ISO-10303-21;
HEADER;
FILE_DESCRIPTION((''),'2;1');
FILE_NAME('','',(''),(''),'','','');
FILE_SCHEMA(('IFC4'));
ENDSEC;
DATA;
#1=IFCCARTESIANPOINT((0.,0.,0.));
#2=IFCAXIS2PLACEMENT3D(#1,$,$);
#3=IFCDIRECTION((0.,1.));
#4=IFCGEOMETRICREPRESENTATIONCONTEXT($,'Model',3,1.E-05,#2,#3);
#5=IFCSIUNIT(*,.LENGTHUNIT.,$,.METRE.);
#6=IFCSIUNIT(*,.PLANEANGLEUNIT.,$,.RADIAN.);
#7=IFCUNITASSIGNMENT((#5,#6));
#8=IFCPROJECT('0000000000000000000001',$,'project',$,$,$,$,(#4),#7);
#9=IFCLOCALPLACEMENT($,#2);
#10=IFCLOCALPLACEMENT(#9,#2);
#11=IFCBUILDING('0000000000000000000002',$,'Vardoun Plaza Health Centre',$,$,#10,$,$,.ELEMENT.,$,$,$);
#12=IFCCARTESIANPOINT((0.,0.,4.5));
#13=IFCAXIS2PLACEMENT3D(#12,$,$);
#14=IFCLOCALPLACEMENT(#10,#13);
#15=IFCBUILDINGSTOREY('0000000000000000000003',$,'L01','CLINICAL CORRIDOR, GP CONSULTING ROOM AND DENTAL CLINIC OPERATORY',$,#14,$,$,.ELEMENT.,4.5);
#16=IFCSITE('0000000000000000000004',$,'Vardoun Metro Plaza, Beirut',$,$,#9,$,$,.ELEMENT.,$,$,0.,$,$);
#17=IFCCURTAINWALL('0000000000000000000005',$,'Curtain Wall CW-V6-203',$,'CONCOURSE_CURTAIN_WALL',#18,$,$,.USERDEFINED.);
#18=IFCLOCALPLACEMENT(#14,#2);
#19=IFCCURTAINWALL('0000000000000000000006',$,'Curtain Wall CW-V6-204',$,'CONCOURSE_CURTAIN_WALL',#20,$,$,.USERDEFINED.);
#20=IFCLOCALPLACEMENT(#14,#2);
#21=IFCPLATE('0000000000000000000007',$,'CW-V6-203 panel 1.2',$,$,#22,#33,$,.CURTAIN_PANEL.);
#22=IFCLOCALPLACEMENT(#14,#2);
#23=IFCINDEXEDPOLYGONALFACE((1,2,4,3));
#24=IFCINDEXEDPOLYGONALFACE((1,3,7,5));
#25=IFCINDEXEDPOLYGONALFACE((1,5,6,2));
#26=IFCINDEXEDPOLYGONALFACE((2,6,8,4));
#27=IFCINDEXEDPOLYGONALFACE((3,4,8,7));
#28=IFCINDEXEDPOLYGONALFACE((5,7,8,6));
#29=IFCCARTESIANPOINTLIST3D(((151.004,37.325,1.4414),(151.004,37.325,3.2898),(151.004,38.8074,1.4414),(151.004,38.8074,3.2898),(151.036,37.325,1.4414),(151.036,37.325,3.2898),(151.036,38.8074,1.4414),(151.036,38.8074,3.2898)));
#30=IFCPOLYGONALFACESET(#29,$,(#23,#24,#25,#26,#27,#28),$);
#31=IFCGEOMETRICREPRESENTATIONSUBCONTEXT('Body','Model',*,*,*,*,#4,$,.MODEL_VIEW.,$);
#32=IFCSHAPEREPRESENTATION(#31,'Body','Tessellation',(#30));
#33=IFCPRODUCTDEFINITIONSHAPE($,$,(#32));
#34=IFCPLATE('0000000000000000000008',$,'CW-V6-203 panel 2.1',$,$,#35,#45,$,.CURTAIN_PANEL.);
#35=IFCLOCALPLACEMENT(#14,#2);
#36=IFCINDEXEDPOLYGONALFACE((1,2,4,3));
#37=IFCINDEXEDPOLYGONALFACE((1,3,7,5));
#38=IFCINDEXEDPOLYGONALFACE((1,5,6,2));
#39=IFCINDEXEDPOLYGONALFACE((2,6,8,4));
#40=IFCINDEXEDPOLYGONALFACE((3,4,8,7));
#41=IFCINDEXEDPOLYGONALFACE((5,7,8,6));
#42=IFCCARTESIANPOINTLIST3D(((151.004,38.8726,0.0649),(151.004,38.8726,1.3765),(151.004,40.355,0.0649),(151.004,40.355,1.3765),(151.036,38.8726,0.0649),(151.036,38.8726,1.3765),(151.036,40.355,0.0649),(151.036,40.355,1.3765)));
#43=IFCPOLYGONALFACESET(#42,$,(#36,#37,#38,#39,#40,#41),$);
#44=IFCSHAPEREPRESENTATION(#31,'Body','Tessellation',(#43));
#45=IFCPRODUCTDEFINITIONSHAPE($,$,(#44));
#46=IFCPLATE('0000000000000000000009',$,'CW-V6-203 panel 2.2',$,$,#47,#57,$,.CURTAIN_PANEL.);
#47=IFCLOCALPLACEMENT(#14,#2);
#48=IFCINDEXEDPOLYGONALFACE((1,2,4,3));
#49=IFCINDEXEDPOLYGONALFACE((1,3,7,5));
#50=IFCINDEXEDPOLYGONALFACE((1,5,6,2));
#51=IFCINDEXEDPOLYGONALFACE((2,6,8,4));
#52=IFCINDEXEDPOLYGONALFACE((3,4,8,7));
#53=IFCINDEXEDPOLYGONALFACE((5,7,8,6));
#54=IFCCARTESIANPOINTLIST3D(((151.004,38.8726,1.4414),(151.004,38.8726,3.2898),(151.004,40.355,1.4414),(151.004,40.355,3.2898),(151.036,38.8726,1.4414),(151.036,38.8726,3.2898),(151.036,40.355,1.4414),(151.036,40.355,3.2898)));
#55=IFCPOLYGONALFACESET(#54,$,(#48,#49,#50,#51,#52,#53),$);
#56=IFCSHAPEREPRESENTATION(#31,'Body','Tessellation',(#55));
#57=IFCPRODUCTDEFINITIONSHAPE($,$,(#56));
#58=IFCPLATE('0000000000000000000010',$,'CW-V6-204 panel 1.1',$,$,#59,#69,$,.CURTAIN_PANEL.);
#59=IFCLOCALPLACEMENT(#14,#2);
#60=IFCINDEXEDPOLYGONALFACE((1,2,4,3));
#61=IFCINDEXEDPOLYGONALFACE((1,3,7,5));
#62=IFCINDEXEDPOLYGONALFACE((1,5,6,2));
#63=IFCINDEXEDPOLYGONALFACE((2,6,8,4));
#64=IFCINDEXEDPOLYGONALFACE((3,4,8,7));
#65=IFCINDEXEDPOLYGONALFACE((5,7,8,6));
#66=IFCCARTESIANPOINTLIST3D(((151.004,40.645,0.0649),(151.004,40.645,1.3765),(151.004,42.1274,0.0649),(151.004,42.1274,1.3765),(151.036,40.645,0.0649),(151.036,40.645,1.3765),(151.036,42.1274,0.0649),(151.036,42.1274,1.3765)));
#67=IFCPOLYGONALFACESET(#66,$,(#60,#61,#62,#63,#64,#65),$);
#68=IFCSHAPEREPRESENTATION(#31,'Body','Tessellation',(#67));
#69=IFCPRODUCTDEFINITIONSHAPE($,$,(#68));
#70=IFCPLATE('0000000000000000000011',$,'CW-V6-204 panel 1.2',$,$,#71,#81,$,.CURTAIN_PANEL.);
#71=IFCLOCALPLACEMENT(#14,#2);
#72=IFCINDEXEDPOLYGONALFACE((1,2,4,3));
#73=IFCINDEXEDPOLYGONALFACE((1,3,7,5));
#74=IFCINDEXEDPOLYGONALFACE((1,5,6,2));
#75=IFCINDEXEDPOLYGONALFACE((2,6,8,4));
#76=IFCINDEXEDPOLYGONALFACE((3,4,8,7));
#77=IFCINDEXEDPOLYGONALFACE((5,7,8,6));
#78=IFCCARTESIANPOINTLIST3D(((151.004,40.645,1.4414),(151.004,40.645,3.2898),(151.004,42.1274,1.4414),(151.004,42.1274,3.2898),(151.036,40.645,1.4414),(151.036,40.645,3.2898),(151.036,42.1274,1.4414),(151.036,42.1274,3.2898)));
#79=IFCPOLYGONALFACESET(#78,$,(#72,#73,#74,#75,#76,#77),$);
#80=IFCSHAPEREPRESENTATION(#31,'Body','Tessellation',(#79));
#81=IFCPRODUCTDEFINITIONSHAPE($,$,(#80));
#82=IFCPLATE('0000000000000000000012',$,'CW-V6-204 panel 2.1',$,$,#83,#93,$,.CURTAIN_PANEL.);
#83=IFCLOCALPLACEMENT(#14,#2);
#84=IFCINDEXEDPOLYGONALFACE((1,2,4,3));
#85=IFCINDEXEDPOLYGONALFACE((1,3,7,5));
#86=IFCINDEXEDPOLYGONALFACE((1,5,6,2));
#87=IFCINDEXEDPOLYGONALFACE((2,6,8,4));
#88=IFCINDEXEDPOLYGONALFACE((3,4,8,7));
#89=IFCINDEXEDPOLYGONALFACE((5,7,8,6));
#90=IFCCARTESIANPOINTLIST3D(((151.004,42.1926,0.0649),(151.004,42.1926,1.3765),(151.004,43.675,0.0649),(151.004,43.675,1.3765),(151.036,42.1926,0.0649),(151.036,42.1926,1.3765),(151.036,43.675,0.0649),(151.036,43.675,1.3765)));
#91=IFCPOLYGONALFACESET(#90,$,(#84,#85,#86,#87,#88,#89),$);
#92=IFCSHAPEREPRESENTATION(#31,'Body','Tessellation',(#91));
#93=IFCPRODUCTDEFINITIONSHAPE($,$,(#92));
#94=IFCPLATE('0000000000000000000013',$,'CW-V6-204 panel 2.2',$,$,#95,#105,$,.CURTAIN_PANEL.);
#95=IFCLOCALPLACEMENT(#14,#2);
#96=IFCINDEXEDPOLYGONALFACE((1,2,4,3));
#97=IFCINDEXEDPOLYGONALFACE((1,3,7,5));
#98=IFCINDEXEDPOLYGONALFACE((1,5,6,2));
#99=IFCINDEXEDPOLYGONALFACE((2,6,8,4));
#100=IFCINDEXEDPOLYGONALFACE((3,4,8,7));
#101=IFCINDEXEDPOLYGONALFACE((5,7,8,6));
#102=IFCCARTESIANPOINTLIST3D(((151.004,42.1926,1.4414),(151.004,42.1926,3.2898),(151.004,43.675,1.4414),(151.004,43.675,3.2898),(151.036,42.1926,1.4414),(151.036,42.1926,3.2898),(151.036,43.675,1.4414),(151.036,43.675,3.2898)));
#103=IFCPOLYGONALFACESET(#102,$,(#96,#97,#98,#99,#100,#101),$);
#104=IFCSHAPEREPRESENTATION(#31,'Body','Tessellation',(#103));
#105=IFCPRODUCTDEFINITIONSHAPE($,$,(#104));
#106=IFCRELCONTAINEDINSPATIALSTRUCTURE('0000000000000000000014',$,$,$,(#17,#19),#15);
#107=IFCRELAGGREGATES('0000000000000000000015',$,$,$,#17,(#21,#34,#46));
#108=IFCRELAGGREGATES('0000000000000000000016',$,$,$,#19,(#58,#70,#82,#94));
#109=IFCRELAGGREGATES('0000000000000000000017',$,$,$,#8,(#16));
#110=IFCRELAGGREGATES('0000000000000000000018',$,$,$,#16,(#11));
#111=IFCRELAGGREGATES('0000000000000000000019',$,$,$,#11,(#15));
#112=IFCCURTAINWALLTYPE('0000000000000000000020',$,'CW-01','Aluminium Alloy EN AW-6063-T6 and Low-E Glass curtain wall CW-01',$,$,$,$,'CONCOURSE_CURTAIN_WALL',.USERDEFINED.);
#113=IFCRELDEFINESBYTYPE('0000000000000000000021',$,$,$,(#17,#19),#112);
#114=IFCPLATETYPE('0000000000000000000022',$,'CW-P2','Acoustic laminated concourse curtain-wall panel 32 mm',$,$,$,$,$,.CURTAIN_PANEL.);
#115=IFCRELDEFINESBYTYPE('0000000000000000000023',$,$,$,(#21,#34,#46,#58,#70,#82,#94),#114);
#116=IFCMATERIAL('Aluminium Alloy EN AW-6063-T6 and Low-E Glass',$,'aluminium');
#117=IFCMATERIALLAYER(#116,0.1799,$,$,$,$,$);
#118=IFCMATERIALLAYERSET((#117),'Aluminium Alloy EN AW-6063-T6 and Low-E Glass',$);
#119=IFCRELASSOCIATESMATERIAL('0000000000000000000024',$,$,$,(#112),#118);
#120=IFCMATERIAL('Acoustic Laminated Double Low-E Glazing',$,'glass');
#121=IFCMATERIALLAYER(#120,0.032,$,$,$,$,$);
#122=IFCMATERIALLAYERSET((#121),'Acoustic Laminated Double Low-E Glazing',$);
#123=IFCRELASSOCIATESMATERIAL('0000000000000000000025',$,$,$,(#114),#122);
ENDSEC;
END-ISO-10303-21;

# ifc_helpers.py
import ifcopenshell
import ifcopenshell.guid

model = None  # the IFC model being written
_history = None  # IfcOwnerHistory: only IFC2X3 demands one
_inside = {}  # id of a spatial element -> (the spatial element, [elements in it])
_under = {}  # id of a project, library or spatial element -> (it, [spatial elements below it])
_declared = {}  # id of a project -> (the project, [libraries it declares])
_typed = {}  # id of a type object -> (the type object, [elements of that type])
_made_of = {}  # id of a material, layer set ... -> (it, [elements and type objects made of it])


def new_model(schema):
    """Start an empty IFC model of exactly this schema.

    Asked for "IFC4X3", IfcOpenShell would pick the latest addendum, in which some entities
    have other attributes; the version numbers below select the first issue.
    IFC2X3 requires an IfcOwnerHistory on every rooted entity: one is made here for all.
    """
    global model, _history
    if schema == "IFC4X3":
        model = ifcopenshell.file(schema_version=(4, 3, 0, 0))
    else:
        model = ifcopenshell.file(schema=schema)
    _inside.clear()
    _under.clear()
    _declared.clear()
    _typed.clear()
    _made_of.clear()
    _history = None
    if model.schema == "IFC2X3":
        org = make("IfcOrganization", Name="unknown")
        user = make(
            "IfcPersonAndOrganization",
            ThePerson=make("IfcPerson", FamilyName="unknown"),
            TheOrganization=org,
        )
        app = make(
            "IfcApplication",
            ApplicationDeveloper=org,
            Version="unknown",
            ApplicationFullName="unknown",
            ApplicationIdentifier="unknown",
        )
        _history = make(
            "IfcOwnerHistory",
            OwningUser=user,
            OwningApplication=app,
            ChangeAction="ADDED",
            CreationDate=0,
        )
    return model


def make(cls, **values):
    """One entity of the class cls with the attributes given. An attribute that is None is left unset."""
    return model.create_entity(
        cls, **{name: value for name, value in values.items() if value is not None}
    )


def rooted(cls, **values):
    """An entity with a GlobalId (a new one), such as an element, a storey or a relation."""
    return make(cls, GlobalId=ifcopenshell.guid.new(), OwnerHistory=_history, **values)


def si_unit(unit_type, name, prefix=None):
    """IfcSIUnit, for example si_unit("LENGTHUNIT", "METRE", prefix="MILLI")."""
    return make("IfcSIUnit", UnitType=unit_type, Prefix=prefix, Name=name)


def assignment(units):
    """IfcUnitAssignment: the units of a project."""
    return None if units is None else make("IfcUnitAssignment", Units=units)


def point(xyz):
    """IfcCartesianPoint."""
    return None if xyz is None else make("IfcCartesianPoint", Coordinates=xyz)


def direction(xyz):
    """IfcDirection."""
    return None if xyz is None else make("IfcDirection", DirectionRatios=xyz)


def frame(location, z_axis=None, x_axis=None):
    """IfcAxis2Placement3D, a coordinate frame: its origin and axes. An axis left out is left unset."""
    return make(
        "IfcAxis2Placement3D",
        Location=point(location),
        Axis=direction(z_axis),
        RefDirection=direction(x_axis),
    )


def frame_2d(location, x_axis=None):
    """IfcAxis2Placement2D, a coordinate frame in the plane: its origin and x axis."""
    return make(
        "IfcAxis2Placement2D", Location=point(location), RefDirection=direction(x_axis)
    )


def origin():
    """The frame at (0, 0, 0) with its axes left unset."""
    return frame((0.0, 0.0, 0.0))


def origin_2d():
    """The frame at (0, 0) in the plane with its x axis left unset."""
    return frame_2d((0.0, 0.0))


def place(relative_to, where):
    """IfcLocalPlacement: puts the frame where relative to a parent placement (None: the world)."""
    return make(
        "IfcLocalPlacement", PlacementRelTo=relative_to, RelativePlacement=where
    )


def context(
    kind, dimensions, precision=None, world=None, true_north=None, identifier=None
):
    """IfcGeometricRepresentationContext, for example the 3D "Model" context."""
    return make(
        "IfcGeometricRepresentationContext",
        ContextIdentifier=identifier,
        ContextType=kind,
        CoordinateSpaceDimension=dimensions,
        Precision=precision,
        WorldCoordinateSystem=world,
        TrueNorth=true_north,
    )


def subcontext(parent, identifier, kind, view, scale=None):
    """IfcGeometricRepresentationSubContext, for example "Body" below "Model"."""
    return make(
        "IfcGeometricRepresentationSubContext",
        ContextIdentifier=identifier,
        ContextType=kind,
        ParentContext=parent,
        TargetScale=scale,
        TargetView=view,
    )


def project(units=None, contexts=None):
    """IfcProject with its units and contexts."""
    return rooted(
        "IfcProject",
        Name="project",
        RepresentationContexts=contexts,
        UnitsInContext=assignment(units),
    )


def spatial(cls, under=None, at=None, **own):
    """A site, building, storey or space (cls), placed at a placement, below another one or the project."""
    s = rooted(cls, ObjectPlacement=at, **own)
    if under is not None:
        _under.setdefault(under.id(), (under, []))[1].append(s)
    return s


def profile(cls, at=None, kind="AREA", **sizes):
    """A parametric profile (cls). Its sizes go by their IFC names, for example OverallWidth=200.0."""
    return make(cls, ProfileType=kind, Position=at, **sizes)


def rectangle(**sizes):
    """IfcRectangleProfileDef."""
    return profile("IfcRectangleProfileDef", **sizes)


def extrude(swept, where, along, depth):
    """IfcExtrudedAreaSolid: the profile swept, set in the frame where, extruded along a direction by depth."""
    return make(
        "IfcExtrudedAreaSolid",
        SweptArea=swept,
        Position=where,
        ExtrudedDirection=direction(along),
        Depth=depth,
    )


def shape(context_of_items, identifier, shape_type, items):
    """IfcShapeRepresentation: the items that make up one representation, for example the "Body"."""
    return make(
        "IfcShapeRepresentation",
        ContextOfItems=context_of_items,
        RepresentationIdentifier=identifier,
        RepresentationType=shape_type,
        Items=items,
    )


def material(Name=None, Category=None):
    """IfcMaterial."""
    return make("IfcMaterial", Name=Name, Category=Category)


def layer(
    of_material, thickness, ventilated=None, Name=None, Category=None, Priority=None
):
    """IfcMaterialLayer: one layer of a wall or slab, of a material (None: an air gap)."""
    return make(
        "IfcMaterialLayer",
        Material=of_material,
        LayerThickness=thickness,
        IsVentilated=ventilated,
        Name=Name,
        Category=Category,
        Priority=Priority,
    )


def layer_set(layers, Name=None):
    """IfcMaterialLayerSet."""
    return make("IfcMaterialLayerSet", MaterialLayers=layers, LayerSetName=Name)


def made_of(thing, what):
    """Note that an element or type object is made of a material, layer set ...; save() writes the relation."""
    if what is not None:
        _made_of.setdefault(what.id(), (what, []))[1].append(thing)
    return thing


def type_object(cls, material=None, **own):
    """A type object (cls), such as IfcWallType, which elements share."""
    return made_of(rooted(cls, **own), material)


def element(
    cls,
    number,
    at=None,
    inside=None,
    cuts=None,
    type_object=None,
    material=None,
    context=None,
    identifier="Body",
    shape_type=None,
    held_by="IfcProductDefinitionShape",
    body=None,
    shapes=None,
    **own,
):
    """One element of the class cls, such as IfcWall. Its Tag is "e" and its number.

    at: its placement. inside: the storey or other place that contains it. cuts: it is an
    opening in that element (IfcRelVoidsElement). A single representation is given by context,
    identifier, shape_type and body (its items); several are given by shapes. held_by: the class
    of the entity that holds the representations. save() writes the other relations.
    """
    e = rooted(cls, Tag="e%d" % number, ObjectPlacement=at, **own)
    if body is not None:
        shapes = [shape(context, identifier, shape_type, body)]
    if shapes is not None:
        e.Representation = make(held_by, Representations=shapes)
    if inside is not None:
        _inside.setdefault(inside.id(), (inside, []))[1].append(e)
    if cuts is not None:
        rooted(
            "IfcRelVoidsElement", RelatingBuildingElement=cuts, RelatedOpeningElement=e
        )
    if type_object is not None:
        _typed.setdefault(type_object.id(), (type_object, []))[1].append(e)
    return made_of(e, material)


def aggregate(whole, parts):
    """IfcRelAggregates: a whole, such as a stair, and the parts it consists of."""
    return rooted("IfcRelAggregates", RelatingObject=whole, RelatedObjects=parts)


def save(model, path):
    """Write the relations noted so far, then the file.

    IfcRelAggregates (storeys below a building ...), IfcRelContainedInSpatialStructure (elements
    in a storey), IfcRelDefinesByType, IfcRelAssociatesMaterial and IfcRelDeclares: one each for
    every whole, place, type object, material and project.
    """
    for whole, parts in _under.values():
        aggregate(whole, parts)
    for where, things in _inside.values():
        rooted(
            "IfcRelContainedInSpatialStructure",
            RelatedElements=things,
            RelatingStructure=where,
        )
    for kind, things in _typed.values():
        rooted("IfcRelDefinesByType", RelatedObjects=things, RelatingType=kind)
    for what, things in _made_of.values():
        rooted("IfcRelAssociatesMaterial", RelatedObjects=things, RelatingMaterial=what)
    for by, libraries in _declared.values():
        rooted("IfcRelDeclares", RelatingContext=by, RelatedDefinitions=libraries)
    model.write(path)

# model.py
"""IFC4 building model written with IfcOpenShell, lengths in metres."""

from ifc_helpers import new_model, si_unit, direction, frame, origin, origin_2d, place, context, subcontext, project, spatial, rectangle, extrude, material, layer, layer_set, type_object, element, aggregate, save


model = new_model("IFC4")

# Units and contexts
model_context = context("Model", 3, precision=1e-05, world=origin(), true_north=direction((0.0, 1.0)))
body_context = subcontext(model_context, "Body", "Model", "MODEL_VIEW")
ifc_project = project(units=[si_unit("LENGTHUNIT", "METRE"), si_unit("PLANEANGLEUNIT", "RADIAN")], contexts=[model_context])

# Site, building, storey
site_placement = place(None, origin())
site = spatial("IfcSite", under=ifc_project, at=site_placement, Name="Vardoun Metro Plaza, Beirut", CompositionType="ELEMENT", RefElevation=0.0)
building_placement = place(site_placement, origin())
building = spatial("IfcBuilding", under=site, at=building_placement, Name="Vardoun Plaza Health Centre", CompositionType="ELEMENT")
storey_placement = place(building_placement, frame((0.0, 0.0, 4.5)))
storey = spatial("IfcBuildingStorey", under=building, at=storey_placement, Name="L01", Description="CLINICAL CORRIDOR, GP CONSULTING ROOM AND DENTAL CLINIC OPERATORY", CompositionType="ELEMENT", Elevation=4.5)

# Curtain walls
ifc_material_1 = material(Name="Aluminium Alloy EN AW-6063-T6 and Low-E Glass", Category="aluminium")
ifc_layer_1 = layer(ifc_material_1, 0.1799)
ifc_layer_set_1 = layer_set([ifc_layer_1], Name="Aluminium Alloy EN AW-6063-T6 and Low-E Glass")
curtain_wall_type = type_object("IfcCurtainWallType", Name="CW-01", Description="Aluminium Alloy EN AW-6063-T6 and Low-E Glass curtain wall CW-01", ElementType="CONCOURSE_CURTAIN_WALL", PredefinedType="USERDEFINED", material=ifc_layer_set_1)
curtain_wall_1_placement = place(storey_placement, origin())
curtain_wall_1 = element("IfcCurtainWall", 1, at=curtain_wall_1_placement, inside=storey, type_object=curtain_wall_type, Name="Curtain Wall CW-V6-203", ObjectType="CONCOURSE_CURTAIN_WALL", PredefinedType="USERDEFINED")
curtain_wall_2_placement = place(storey_placement, origin())
curtain_wall_2 = element("IfcCurtainWall", 2, at=curtain_wall_2_placement, inside=storey, type_object=curtain_wall_type, Name="Curtain Wall CW-V6-204", ObjectType="CONCOURSE_CURTAIN_WALL", PredefinedType="USERDEFINED")

# Plates
ifc_material_2 = material(Name="Acoustic Laminated Double Low-E Glazing", Category="glass")
ifc_layer_2 = layer(ifc_material_2, 0.032)
ifc_layer_set_2 = layer_set([ifc_layer_2], Name="Acoustic Laminated Double Low-E Glazing")
plate_type = type_object("IfcPlateType", Name="CW-P2", Description="Acoustic laminated concourse curtain-wall panel 32 mm", PredefinedType="CURTAIN_PANEL", material=ifc_layer_set_2)
plate_1_placement = place(storey_placement, frame((151.02, 38.0662, 1.4414), z_axis=(0.0, 0.0, 1.0), x_axis=(0.0, 1.0, 0.0)))
plate_1 = element("IfcPlate", 3, at=plate_1_placement, type_object=plate_type, Name="CW-V6-203 panel 1.2", PredefinedType="CURTAIN_PANEL", context=body_context, shape_type="SweptSolid", body=[
    extrude(rectangle(XDim=1.4824, YDim=0.032, at=origin_2d()), origin(), (0.0, 0.0, 1.0), 1.8484),
])
plate_2_placement = place(storey_placement, frame((151.02, 39.6138, 0.0649), z_axis=(0.0, 0.0, 1.0), x_axis=(0.0, 1.0, 0.0)))
plate_2 = element("IfcPlate", 4, at=plate_2_placement, type_object=plate_type, Name="CW-V6-203 panel 2.1", PredefinedType="CURTAIN_PANEL", context=body_context, shape_type="SweptSolid", body=[
    extrude(rectangle(XDim=1.4824, YDim=0.032, at=origin_2d()), origin(), (0.0, 0.0, 1.0), 1.3115),
])
plate_3_placement = place(storey_placement, frame((151.02, 39.6138, 1.4414), z_axis=(0.0, 0.0, 1.0), x_axis=(0.0, 1.0, 0.0)))
plate_3 = element("IfcPlate", 5, at=plate_3_placement, type_object=plate_type, Name="CW-V6-203 panel 2.2", PredefinedType="CURTAIN_PANEL", context=body_context, shape_type="SweptSolid", body=[
    extrude(rectangle(XDim=1.4824, YDim=0.032, at=origin_2d()), origin(), (0.0, 0.0, 1.0), 1.8484),
])
aggregate(curtain_wall_1, [plate_1, plate_2, plate_3])
plate_4_placement = place(storey_placement, frame((151.02, 41.3862, 0.0649), z_axis=(0.0, 0.0, 1.0), x_axis=(0.0, 1.0, 0.0)))
plate_4 = element("IfcPlate", 6, at=plate_4_placement, type_object=plate_type, Name="CW-V6-204 panel 1.1", PredefinedType="CURTAIN_PANEL", context=body_context, shape_type="SweptSolid", body=[
    extrude(rectangle(XDim=1.4824, YDim=0.032, at=origin_2d()), origin(), (0.0, 0.0, 1.0), 1.3115),
])
plate_5_placement = place(storey_placement, frame((151.02, 41.3862, 1.4414), z_axis=(0.0, 0.0, 1.0), x_axis=(0.0, 1.0, 0.0)))
plate_5 = element("IfcPlate", 7, at=plate_5_placement, type_object=plate_type, Name="CW-V6-204 panel 1.2", PredefinedType="CURTAIN_PANEL", context=body_context, shape_type="SweptSolid", body=[
    extrude(rectangle(XDim=1.4824, YDim=0.032, at=origin_2d()), origin(), (0.0, 0.0, 1.0), 1.8484),
])
plate_6_placement = place(storey_placement, frame((151.02, 42.9338, 0.0649), z_axis=(0.0, 0.0, 1.0), x_axis=(0.0, 1.0, 0.0)))
plate_6 = element("IfcPlate", 8, at=plate_6_placement, type_object=plate_type, Name="CW-V6-204 panel 2.1", PredefinedType="CURTAIN_PANEL", context=body_context, shape_type="SweptSolid", body=[
    extrude(rectangle(XDim=1.4824, YDim=0.032, at=origin_2d()), origin(), (0.0, 0.0, 1.0), 1.3115),
])
plate_7_placement = place(storey_placement, frame((151.02, 42.9338, 1.4414), z_axis=(0.0, 0.0, 1.0), x_axis=(0.0, 1.0, 0.0)))
plate_7 = element("IfcPlate", 9, at=plate_7_placement, type_object=plate_type, Name="CW-V6-204 panel 2.2", PredefinedType="CURTAIN_PANEL", context=body_context, shape_type="SweptSolid", body=[
    extrude(rectangle(XDim=1.4824, YDim=0.032, at=origin_2d()), origin(), (0.0, 0.0, 1.0), 1.8484),
])
aggregate(curtain_wall_2, [plate_4, plate_5, plate_6, plate_7])

save(model, "model.ifc")
